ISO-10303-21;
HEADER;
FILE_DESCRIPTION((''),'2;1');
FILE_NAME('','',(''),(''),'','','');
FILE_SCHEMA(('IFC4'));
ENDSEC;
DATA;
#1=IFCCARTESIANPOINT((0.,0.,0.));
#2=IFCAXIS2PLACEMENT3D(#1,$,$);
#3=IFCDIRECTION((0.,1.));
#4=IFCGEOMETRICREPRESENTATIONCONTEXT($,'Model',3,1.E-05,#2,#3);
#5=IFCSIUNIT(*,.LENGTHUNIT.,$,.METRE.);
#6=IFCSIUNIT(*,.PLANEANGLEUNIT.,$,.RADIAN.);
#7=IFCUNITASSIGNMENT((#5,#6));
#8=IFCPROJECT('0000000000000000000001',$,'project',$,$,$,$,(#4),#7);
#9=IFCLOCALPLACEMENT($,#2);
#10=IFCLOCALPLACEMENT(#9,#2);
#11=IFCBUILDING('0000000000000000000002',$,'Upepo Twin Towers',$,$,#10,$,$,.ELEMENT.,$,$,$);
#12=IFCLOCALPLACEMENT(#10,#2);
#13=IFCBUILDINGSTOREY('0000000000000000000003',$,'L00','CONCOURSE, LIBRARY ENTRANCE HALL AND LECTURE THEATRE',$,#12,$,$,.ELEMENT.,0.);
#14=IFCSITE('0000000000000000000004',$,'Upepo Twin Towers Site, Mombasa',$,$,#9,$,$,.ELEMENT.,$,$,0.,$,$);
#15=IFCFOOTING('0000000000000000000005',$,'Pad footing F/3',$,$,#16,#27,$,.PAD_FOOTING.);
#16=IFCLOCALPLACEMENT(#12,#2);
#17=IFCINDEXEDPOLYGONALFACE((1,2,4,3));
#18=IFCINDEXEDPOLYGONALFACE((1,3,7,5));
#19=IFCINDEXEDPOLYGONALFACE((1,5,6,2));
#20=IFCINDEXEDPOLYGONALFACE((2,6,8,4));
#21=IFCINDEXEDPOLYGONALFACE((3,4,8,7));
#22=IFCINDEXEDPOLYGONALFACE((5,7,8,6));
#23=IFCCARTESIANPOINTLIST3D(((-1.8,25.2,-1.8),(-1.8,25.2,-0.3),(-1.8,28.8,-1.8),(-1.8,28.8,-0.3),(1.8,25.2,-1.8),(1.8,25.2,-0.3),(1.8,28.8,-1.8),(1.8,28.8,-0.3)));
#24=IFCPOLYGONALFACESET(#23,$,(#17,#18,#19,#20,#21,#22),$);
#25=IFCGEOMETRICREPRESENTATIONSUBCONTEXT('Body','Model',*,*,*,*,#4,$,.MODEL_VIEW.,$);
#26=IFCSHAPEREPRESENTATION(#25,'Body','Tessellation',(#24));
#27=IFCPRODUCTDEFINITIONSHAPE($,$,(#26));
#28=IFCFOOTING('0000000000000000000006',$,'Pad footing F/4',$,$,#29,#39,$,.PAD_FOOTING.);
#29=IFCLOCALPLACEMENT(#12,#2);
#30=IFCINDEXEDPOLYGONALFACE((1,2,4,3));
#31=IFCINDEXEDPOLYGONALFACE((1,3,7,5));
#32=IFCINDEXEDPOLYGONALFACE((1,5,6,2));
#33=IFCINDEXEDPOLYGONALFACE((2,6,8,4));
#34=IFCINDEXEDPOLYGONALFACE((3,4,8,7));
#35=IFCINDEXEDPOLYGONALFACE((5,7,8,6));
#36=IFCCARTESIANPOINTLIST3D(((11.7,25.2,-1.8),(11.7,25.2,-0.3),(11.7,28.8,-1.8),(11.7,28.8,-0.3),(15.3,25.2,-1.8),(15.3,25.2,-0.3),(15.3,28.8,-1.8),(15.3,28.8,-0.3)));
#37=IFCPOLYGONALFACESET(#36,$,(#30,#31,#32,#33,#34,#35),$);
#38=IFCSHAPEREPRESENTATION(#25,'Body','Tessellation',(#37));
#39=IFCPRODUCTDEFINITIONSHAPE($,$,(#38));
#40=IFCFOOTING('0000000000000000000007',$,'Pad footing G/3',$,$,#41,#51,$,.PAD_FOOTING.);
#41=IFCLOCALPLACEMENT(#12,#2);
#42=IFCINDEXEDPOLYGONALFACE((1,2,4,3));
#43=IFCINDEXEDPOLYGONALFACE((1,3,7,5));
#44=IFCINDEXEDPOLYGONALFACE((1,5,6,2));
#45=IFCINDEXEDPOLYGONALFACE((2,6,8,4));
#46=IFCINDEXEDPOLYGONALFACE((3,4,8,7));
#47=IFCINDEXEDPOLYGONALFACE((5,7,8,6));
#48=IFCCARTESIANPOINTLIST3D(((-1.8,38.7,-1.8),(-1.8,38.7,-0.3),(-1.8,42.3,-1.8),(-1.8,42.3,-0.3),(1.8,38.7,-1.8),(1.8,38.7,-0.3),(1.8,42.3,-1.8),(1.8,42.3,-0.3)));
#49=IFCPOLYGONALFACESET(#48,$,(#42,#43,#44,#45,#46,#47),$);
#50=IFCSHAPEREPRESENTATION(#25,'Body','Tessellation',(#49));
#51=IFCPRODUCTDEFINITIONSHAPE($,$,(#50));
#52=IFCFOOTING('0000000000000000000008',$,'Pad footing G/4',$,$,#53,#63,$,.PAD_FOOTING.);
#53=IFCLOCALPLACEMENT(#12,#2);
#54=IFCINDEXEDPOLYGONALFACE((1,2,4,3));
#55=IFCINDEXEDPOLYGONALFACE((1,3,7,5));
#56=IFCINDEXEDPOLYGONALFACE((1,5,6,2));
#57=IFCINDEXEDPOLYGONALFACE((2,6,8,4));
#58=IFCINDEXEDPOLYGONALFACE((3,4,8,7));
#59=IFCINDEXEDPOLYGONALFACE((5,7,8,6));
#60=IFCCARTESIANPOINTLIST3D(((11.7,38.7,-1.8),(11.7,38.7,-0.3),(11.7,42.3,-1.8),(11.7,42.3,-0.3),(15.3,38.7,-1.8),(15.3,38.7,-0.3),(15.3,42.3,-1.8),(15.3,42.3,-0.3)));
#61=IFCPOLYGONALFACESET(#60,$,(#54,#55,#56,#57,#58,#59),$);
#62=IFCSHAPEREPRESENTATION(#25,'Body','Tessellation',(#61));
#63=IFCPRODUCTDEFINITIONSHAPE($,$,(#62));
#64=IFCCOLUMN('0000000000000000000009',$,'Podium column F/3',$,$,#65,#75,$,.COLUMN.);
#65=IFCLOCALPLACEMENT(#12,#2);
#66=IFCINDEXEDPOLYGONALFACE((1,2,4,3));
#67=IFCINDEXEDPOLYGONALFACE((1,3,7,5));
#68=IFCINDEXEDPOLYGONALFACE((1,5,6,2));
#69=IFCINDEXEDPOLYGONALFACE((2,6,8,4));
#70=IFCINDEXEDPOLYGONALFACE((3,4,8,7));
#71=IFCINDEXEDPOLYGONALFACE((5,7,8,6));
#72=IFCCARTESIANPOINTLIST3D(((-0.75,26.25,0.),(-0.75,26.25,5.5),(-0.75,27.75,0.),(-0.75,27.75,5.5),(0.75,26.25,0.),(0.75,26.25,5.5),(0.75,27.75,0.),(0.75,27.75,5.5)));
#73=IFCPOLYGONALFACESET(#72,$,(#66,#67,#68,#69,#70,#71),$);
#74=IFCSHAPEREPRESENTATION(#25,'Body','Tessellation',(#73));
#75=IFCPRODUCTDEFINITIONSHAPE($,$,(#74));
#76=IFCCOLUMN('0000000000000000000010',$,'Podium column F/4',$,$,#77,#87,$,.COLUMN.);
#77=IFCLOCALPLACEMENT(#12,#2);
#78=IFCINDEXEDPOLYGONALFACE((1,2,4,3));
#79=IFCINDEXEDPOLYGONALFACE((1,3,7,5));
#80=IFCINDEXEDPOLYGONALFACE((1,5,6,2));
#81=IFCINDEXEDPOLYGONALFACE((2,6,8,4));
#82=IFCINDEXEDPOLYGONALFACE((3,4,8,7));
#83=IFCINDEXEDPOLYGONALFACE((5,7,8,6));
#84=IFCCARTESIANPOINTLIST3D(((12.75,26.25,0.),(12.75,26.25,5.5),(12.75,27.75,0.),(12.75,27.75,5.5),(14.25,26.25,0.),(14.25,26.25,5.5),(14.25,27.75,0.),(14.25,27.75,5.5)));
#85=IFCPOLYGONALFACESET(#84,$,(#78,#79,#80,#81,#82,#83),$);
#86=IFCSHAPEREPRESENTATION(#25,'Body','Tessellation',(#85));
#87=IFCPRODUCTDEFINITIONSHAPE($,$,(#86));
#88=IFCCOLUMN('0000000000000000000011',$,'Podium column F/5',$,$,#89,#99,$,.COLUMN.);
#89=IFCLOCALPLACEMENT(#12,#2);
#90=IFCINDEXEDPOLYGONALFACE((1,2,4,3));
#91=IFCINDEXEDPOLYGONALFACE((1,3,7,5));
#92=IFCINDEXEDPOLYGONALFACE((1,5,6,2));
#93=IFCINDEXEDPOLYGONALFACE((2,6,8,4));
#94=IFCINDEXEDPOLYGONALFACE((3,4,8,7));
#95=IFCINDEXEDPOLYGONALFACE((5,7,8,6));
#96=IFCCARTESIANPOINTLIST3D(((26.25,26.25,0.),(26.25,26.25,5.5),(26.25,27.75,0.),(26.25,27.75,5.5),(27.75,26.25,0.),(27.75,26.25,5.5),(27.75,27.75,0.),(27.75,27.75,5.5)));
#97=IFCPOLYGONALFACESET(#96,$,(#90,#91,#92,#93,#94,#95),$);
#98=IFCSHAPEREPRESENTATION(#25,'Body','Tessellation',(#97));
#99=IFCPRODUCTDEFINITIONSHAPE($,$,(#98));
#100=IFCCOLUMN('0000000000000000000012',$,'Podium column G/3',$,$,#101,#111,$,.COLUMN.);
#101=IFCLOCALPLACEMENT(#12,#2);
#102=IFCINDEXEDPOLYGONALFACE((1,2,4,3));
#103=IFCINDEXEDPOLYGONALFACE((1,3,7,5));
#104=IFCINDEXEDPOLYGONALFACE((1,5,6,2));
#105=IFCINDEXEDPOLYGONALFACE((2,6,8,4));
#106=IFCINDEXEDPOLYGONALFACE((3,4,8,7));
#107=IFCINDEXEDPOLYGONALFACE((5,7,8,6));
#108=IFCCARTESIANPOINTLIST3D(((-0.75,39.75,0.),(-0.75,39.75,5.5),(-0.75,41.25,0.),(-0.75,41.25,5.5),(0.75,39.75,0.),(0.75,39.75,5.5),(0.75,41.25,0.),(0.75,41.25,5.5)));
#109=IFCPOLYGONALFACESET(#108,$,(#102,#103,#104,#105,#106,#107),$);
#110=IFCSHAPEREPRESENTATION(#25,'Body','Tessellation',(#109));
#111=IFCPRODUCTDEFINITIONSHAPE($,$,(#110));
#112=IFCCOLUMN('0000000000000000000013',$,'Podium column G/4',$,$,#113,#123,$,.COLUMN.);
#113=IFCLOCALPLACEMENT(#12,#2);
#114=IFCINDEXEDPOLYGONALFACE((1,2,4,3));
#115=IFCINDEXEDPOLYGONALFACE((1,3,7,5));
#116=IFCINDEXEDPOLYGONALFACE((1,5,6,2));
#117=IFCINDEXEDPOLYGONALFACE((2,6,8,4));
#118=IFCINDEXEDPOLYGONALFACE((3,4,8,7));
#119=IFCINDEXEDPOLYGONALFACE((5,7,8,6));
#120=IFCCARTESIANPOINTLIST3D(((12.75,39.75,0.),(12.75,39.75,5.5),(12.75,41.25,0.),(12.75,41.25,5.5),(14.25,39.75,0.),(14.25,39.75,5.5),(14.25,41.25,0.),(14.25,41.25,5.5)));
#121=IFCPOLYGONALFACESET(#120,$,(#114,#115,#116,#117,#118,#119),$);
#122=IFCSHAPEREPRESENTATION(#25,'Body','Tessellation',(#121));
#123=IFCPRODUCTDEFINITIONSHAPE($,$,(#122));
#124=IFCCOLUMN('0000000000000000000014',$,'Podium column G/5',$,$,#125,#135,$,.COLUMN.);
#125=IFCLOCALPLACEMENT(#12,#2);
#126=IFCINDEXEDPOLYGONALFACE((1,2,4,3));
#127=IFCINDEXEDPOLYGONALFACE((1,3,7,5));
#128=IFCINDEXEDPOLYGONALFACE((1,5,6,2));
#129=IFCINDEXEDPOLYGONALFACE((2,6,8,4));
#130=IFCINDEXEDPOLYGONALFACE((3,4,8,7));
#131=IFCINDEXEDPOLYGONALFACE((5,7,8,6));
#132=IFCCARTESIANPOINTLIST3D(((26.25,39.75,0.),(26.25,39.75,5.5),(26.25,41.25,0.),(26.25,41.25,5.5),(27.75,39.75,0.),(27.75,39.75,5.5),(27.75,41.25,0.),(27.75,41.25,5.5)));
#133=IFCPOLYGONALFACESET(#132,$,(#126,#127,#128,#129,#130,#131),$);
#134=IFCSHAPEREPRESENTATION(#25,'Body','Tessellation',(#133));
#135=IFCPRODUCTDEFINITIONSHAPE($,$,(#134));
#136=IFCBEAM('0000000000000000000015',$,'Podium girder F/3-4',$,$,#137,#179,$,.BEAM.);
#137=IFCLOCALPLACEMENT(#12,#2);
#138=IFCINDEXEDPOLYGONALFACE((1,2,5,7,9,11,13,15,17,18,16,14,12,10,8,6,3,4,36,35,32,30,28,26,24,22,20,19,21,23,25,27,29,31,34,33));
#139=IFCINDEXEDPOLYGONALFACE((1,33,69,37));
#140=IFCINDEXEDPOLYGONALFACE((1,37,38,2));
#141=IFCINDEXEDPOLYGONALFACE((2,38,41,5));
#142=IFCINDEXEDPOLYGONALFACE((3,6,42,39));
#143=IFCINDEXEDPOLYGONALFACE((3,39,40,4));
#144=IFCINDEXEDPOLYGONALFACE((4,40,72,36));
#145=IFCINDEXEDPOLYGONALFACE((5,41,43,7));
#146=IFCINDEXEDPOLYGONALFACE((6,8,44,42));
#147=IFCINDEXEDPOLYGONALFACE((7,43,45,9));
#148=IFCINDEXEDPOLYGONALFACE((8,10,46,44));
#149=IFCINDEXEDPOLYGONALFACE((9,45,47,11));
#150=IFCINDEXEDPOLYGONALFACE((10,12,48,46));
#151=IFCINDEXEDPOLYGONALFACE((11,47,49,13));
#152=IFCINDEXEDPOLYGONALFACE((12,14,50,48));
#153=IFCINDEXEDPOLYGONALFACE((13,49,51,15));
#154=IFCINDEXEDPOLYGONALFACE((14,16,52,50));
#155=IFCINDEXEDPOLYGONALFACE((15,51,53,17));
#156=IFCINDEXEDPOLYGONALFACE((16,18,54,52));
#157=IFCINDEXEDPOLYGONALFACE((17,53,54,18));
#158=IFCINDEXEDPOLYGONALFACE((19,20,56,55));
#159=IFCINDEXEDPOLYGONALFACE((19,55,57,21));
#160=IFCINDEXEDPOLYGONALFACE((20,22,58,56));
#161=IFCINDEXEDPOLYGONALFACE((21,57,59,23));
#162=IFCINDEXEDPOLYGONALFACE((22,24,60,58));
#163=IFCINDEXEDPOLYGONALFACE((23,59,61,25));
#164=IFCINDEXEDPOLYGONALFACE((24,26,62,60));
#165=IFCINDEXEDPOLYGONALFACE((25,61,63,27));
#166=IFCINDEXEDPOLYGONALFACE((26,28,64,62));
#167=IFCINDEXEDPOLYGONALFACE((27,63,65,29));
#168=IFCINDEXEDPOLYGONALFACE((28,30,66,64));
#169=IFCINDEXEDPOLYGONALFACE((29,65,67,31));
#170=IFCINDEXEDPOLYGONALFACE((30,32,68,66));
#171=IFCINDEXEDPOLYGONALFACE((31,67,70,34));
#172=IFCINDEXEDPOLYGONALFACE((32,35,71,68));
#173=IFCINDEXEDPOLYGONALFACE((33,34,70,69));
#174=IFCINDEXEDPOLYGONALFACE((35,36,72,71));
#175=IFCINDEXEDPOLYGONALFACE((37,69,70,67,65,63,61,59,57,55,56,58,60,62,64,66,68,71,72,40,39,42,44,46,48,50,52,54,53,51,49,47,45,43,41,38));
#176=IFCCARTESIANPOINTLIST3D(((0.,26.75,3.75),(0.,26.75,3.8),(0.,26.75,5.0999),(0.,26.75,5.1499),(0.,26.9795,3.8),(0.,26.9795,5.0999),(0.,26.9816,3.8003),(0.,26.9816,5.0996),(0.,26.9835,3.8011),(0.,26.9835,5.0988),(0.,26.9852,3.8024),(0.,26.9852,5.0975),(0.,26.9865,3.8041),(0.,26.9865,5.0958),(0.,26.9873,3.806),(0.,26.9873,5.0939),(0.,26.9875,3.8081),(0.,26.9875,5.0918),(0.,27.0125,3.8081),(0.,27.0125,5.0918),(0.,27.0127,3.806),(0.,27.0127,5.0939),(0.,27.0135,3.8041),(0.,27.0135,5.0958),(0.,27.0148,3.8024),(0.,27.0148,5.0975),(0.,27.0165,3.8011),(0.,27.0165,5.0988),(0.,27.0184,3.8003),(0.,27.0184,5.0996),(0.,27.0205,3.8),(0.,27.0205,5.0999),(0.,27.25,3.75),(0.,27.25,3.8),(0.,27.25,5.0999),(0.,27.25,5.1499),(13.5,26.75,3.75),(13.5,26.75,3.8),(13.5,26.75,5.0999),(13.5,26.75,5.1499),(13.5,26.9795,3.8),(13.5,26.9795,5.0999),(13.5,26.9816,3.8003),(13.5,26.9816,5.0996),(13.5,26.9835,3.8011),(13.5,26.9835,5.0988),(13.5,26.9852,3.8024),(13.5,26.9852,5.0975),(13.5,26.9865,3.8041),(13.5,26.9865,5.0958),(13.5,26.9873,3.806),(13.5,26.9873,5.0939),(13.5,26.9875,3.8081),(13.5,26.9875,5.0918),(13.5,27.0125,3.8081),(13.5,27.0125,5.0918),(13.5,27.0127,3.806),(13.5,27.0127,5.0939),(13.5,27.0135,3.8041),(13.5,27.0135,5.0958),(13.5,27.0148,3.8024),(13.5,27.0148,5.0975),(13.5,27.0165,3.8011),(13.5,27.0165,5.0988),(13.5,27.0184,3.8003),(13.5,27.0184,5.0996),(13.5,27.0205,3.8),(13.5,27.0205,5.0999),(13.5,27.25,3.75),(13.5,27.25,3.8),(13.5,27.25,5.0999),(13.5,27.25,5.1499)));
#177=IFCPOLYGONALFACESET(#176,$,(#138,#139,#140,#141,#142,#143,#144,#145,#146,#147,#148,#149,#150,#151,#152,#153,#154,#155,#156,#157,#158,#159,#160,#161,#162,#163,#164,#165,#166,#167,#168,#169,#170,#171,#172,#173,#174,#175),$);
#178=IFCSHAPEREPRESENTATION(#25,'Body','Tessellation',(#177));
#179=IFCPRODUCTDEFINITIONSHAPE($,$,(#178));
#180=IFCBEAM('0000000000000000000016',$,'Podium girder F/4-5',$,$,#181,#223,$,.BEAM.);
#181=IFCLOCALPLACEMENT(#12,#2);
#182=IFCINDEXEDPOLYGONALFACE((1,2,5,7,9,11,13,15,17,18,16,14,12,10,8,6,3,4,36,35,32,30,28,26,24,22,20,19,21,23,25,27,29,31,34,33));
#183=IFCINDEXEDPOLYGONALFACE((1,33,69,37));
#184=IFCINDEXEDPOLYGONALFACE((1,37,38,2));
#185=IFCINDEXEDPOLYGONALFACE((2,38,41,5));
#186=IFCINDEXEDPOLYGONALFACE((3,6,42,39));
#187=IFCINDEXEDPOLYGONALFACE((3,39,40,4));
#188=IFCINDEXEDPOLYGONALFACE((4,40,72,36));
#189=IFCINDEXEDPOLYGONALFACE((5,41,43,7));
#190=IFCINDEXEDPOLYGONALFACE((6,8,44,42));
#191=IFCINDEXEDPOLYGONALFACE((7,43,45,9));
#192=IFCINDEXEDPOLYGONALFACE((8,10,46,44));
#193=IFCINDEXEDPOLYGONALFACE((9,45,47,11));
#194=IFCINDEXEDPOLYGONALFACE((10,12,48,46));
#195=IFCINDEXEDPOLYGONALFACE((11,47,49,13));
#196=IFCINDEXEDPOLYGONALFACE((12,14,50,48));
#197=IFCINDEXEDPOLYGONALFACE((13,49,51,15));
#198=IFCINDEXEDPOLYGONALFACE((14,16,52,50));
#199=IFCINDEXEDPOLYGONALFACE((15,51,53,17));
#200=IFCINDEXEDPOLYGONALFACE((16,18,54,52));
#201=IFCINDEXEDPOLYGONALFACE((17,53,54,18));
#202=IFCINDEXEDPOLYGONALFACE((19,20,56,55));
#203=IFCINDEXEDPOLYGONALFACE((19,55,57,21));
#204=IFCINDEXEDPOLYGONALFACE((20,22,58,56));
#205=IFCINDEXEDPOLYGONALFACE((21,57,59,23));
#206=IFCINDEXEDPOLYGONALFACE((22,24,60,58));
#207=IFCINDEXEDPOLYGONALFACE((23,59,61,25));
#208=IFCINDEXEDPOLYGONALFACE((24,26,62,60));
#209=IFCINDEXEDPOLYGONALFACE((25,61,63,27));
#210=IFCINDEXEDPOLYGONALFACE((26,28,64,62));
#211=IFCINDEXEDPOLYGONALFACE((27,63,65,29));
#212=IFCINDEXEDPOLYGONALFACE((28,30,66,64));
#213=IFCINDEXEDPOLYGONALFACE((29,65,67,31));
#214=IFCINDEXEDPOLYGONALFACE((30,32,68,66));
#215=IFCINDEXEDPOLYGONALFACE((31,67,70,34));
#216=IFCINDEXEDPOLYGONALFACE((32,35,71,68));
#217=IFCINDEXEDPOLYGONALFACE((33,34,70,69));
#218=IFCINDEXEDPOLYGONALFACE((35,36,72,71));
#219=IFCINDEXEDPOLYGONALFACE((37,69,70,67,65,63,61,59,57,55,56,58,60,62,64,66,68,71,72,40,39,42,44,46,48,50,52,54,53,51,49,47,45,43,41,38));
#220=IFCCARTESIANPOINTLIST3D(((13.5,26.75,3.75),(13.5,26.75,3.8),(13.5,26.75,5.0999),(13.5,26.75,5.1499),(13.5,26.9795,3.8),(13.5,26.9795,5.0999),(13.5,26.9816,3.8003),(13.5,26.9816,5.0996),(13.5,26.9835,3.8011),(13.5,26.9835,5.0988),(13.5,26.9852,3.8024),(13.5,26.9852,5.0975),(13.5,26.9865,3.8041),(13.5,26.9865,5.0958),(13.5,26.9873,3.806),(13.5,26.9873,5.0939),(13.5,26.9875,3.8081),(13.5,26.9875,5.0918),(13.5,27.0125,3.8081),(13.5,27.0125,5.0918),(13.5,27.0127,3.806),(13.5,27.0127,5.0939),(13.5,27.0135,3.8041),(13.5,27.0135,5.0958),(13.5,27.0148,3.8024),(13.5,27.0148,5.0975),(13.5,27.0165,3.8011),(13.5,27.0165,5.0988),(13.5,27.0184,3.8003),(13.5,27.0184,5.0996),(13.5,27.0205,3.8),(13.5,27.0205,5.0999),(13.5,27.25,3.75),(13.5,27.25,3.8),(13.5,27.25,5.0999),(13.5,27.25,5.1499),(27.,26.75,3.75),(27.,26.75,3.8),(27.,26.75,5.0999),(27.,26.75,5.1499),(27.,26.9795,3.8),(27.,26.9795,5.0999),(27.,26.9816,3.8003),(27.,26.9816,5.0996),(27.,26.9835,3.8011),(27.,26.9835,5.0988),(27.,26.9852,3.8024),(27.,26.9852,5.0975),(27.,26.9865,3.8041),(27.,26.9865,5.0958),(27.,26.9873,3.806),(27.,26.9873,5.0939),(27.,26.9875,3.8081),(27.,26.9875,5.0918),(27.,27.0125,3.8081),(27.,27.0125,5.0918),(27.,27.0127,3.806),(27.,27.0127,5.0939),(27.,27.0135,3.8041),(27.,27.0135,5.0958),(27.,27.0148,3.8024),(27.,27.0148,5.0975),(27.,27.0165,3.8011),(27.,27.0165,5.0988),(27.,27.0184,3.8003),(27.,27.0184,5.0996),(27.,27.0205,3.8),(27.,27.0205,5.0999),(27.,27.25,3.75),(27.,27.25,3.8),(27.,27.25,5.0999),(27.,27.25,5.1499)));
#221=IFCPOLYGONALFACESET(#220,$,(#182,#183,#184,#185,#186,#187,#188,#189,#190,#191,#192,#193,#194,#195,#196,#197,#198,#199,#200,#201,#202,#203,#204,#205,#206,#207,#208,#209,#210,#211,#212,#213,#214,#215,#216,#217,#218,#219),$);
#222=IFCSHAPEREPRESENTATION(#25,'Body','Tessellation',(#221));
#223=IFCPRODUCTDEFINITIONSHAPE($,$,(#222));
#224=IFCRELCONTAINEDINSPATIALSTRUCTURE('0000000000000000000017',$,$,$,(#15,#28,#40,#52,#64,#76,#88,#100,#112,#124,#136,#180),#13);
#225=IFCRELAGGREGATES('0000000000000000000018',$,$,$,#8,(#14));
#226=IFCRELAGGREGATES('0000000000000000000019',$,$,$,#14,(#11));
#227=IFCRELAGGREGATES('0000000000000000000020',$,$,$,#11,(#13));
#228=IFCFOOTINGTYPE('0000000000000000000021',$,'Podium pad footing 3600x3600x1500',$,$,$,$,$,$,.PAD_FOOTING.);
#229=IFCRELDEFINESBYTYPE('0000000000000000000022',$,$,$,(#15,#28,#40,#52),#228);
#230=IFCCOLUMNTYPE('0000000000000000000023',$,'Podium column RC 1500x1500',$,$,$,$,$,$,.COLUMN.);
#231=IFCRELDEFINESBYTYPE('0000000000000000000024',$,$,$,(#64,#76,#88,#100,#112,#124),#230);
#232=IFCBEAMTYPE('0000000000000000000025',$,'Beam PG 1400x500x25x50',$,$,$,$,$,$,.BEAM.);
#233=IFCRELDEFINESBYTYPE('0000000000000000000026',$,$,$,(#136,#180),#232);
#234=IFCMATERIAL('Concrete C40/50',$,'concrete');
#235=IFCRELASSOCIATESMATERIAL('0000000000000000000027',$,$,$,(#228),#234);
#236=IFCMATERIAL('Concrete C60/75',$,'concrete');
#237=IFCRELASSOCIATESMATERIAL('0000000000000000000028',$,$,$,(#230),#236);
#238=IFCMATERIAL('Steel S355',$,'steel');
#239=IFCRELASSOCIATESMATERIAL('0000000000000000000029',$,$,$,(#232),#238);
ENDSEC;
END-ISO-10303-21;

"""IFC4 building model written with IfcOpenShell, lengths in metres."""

from ifc_helpers import new_model, si_unit, direction, frame, origin, origin_2d, place, context, subcontext, project, spatial, rectangle, i_section, extrude, material, material_profile, profile_set, type_object, element, save


model = new_model("IFC4")

# Units and contexts
model_context = context("Model", 3, precision=1e-05, world=origin(), true_north=direction((0.0, 1.0)))
body_context = subcontext(model_context, "Body", "Model", "MODEL_VIEW")
ifc_project = project(units=[si_unit("LENGTHUNIT", "METRE"), si_unit("PLANEANGLEUNIT", "RADIAN")], contexts=[model_context])

# Site, building, storey
site_placement = place(None, origin())
site = spatial("IfcSite", under=ifc_project, at=site_placement, Name="Upepo Twin Towers Site, Mombasa", CompositionType="ELEMENT", RefElevation=0.0)
building_placement = place(site_placement, origin())
building = spatial("IfcBuilding", under=site, at=building_placement, Name="Upepo Twin Towers", CompositionType="ELEMENT")
storey_placement = place(building_placement, origin())
storey = spatial("IfcBuildingStorey", under=building, at=storey_placement, Name="L00", Description="CONCOURSE, LIBRARY ENTRANCE HALL AND LECTURE THEATRE", CompositionType="ELEMENT", Elevation=0.0)

# Footings
ifc_material_1 = material(Name="Concrete C40/50", Category="concrete")
footing_type = type_object("IfcFootingType", Name="Podium pad footing 3600x3600x1500", PredefinedType="PAD_FOOTING", material=ifc_material_1)
for number, where, z_axis, x_axis, name in (
    (1, (0.0, 27.0, -1.8), (0.0, 0.0, 1.0), (1.0, 0.0, 0.0), "Pad footing F/3"),
    (2, (13.5, 27.0, -1.8), (0.0, 0.0, 1.0), (1.0, 0.0, 0.0), "Pad footing F/4"),
    (3, (0.0, 40.5, -1.8), (0.0, 0.0, 1.0), (1.0, 0.0, 0.0), "Pad footing G/3"),
    (4, (13.5, 40.5, -1.8), (0.0, 0.0, 1.0), (1.0, 0.0, 0.0), "Pad footing G/4"),
):
    element("IfcFooting", number, at=place(storey_placement, frame(where, z_axis=z_axis, x_axis=x_axis)), inside=storey, type_object=footing_type, Name=name, PredefinedType="PAD_FOOTING", context=body_context, shape_type="SweptSolid", body=[
        extrude(rectangle(XDim=3.6001, YDim=3.6001, at=origin_2d()), origin(), (0.0, 0.0, 1.0), 1.5),
    ])

# Columns
ifc_material_2 = material(Name="Concrete C60/75", Category="concrete")
ifc_material_profile_1 = material_profile(ifc_material_2, rectangle(XDim=1.5, YDim=1.5, at=origin_2d()), Name="RC 1500x1500")
ifc_profile_set_1 = profile_set([ifc_material_profile_1], Name="Concrete C60/75")
column_type = type_object("IfcColumnType", Name="Podium column RC 1500x1500", PredefinedType="COLUMN", material=ifc_profile_set_1)
for number, where, z_axis, x_axis, name in (
    (5, (0.0, 27.0, 0.0), (0.0, 0.0, 1.0), (1.0, 0.0, 0.0), "Podium column F/3"),
    (6, (13.5, 27.0, 0.0), (0.0, 0.0, 1.0), (1.0, 0.0, 0.0), "Podium column F/4"),
    (7, (27.0, 27.0, 0.0), (0.0, 0.0, 1.0), (1.0, 0.0, 0.0), "Podium column F/5"),
    (8, (0.0, 40.5, 0.0), (0.0, 0.0, 1.0), (1.0, 0.0, 0.0), "Podium column G/3"),
    (9, (13.5, 40.5, 0.0), (0.0, 0.0, 1.0), (1.0, 0.0, 0.0), "Podium column G/4"),
    (10, (27.0, 40.5, 0.0), (0.0, 0.0, 1.0), (1.0, 0.0, 0.0), "Podium column G/5"),
):
    element("IfcColumn", number, at=place(storey_placement, frame(where, z_axis=z_axis, x_axis=x_axis)), inside=storey, type_object=column_type, Name=name, PredefinedType="COLUMN", context=body_context, shape_type="SweptSolid", body=[
        extrude(rectangle(XDim=1.5, YDim=1.5, at=origin_2d()), origin(), (0.0, 0.0, 1.0), 5.5),
    ])

# Beams
ifc_material_3 = material(Name="Steel S355", Category="steel")
ifc_material_profile_2 = material_profile(ifc_material_3, i_section(OverallWidth=0.5, OverallDepth=1.3999, WebThickness=0.0249, FlangeThickness=0.05, FilletRadius=0.0081, at=origin_2d()), Name="PG 1400x500x25x50")
ifc_profile_set_2 = profile_set([ifc_material_profile_2], Name="Steel S355")
beam_type_1 = type_object("IfcBeamType", Name="Beam PG 1400x500x25x50", PredefinedType="BEAM", material=ifc_profile_set_2)
for number, where, z_axis, x_axis, name in (
    (11, (0.0, 27.0, 4.45), (1.0, 0.0, 0.0), (0.0, 1.0, 0.0), "Podium girder F/3-4"),
    (12, (13.5, 27.0, 4.45), (1.0, 0.0, 0.0), (0.0, 1.0, 0.0), "Podium girder F/4-5"),
):
    element("IfcBeam", number, at=place(storey_placement, frame(where, z_axis=z_axis, x_axis=x_axis)), inside=storey, type_object=beam_type_1, Name=name, PredefinedType="BEAM", context=body_context, shape_type="SweptSolid", body=[
        extrude(i_section(OverallWidth=0.5, OverallDepth=1.3999, WebThickness=0.0249, FlangeThickness=0.05, FilletRadius=0.0081, at=origin_2d()), origin(), (0.0, 0.0, 1.0), 13.5),
    ])

save(model, "model.ifc")
